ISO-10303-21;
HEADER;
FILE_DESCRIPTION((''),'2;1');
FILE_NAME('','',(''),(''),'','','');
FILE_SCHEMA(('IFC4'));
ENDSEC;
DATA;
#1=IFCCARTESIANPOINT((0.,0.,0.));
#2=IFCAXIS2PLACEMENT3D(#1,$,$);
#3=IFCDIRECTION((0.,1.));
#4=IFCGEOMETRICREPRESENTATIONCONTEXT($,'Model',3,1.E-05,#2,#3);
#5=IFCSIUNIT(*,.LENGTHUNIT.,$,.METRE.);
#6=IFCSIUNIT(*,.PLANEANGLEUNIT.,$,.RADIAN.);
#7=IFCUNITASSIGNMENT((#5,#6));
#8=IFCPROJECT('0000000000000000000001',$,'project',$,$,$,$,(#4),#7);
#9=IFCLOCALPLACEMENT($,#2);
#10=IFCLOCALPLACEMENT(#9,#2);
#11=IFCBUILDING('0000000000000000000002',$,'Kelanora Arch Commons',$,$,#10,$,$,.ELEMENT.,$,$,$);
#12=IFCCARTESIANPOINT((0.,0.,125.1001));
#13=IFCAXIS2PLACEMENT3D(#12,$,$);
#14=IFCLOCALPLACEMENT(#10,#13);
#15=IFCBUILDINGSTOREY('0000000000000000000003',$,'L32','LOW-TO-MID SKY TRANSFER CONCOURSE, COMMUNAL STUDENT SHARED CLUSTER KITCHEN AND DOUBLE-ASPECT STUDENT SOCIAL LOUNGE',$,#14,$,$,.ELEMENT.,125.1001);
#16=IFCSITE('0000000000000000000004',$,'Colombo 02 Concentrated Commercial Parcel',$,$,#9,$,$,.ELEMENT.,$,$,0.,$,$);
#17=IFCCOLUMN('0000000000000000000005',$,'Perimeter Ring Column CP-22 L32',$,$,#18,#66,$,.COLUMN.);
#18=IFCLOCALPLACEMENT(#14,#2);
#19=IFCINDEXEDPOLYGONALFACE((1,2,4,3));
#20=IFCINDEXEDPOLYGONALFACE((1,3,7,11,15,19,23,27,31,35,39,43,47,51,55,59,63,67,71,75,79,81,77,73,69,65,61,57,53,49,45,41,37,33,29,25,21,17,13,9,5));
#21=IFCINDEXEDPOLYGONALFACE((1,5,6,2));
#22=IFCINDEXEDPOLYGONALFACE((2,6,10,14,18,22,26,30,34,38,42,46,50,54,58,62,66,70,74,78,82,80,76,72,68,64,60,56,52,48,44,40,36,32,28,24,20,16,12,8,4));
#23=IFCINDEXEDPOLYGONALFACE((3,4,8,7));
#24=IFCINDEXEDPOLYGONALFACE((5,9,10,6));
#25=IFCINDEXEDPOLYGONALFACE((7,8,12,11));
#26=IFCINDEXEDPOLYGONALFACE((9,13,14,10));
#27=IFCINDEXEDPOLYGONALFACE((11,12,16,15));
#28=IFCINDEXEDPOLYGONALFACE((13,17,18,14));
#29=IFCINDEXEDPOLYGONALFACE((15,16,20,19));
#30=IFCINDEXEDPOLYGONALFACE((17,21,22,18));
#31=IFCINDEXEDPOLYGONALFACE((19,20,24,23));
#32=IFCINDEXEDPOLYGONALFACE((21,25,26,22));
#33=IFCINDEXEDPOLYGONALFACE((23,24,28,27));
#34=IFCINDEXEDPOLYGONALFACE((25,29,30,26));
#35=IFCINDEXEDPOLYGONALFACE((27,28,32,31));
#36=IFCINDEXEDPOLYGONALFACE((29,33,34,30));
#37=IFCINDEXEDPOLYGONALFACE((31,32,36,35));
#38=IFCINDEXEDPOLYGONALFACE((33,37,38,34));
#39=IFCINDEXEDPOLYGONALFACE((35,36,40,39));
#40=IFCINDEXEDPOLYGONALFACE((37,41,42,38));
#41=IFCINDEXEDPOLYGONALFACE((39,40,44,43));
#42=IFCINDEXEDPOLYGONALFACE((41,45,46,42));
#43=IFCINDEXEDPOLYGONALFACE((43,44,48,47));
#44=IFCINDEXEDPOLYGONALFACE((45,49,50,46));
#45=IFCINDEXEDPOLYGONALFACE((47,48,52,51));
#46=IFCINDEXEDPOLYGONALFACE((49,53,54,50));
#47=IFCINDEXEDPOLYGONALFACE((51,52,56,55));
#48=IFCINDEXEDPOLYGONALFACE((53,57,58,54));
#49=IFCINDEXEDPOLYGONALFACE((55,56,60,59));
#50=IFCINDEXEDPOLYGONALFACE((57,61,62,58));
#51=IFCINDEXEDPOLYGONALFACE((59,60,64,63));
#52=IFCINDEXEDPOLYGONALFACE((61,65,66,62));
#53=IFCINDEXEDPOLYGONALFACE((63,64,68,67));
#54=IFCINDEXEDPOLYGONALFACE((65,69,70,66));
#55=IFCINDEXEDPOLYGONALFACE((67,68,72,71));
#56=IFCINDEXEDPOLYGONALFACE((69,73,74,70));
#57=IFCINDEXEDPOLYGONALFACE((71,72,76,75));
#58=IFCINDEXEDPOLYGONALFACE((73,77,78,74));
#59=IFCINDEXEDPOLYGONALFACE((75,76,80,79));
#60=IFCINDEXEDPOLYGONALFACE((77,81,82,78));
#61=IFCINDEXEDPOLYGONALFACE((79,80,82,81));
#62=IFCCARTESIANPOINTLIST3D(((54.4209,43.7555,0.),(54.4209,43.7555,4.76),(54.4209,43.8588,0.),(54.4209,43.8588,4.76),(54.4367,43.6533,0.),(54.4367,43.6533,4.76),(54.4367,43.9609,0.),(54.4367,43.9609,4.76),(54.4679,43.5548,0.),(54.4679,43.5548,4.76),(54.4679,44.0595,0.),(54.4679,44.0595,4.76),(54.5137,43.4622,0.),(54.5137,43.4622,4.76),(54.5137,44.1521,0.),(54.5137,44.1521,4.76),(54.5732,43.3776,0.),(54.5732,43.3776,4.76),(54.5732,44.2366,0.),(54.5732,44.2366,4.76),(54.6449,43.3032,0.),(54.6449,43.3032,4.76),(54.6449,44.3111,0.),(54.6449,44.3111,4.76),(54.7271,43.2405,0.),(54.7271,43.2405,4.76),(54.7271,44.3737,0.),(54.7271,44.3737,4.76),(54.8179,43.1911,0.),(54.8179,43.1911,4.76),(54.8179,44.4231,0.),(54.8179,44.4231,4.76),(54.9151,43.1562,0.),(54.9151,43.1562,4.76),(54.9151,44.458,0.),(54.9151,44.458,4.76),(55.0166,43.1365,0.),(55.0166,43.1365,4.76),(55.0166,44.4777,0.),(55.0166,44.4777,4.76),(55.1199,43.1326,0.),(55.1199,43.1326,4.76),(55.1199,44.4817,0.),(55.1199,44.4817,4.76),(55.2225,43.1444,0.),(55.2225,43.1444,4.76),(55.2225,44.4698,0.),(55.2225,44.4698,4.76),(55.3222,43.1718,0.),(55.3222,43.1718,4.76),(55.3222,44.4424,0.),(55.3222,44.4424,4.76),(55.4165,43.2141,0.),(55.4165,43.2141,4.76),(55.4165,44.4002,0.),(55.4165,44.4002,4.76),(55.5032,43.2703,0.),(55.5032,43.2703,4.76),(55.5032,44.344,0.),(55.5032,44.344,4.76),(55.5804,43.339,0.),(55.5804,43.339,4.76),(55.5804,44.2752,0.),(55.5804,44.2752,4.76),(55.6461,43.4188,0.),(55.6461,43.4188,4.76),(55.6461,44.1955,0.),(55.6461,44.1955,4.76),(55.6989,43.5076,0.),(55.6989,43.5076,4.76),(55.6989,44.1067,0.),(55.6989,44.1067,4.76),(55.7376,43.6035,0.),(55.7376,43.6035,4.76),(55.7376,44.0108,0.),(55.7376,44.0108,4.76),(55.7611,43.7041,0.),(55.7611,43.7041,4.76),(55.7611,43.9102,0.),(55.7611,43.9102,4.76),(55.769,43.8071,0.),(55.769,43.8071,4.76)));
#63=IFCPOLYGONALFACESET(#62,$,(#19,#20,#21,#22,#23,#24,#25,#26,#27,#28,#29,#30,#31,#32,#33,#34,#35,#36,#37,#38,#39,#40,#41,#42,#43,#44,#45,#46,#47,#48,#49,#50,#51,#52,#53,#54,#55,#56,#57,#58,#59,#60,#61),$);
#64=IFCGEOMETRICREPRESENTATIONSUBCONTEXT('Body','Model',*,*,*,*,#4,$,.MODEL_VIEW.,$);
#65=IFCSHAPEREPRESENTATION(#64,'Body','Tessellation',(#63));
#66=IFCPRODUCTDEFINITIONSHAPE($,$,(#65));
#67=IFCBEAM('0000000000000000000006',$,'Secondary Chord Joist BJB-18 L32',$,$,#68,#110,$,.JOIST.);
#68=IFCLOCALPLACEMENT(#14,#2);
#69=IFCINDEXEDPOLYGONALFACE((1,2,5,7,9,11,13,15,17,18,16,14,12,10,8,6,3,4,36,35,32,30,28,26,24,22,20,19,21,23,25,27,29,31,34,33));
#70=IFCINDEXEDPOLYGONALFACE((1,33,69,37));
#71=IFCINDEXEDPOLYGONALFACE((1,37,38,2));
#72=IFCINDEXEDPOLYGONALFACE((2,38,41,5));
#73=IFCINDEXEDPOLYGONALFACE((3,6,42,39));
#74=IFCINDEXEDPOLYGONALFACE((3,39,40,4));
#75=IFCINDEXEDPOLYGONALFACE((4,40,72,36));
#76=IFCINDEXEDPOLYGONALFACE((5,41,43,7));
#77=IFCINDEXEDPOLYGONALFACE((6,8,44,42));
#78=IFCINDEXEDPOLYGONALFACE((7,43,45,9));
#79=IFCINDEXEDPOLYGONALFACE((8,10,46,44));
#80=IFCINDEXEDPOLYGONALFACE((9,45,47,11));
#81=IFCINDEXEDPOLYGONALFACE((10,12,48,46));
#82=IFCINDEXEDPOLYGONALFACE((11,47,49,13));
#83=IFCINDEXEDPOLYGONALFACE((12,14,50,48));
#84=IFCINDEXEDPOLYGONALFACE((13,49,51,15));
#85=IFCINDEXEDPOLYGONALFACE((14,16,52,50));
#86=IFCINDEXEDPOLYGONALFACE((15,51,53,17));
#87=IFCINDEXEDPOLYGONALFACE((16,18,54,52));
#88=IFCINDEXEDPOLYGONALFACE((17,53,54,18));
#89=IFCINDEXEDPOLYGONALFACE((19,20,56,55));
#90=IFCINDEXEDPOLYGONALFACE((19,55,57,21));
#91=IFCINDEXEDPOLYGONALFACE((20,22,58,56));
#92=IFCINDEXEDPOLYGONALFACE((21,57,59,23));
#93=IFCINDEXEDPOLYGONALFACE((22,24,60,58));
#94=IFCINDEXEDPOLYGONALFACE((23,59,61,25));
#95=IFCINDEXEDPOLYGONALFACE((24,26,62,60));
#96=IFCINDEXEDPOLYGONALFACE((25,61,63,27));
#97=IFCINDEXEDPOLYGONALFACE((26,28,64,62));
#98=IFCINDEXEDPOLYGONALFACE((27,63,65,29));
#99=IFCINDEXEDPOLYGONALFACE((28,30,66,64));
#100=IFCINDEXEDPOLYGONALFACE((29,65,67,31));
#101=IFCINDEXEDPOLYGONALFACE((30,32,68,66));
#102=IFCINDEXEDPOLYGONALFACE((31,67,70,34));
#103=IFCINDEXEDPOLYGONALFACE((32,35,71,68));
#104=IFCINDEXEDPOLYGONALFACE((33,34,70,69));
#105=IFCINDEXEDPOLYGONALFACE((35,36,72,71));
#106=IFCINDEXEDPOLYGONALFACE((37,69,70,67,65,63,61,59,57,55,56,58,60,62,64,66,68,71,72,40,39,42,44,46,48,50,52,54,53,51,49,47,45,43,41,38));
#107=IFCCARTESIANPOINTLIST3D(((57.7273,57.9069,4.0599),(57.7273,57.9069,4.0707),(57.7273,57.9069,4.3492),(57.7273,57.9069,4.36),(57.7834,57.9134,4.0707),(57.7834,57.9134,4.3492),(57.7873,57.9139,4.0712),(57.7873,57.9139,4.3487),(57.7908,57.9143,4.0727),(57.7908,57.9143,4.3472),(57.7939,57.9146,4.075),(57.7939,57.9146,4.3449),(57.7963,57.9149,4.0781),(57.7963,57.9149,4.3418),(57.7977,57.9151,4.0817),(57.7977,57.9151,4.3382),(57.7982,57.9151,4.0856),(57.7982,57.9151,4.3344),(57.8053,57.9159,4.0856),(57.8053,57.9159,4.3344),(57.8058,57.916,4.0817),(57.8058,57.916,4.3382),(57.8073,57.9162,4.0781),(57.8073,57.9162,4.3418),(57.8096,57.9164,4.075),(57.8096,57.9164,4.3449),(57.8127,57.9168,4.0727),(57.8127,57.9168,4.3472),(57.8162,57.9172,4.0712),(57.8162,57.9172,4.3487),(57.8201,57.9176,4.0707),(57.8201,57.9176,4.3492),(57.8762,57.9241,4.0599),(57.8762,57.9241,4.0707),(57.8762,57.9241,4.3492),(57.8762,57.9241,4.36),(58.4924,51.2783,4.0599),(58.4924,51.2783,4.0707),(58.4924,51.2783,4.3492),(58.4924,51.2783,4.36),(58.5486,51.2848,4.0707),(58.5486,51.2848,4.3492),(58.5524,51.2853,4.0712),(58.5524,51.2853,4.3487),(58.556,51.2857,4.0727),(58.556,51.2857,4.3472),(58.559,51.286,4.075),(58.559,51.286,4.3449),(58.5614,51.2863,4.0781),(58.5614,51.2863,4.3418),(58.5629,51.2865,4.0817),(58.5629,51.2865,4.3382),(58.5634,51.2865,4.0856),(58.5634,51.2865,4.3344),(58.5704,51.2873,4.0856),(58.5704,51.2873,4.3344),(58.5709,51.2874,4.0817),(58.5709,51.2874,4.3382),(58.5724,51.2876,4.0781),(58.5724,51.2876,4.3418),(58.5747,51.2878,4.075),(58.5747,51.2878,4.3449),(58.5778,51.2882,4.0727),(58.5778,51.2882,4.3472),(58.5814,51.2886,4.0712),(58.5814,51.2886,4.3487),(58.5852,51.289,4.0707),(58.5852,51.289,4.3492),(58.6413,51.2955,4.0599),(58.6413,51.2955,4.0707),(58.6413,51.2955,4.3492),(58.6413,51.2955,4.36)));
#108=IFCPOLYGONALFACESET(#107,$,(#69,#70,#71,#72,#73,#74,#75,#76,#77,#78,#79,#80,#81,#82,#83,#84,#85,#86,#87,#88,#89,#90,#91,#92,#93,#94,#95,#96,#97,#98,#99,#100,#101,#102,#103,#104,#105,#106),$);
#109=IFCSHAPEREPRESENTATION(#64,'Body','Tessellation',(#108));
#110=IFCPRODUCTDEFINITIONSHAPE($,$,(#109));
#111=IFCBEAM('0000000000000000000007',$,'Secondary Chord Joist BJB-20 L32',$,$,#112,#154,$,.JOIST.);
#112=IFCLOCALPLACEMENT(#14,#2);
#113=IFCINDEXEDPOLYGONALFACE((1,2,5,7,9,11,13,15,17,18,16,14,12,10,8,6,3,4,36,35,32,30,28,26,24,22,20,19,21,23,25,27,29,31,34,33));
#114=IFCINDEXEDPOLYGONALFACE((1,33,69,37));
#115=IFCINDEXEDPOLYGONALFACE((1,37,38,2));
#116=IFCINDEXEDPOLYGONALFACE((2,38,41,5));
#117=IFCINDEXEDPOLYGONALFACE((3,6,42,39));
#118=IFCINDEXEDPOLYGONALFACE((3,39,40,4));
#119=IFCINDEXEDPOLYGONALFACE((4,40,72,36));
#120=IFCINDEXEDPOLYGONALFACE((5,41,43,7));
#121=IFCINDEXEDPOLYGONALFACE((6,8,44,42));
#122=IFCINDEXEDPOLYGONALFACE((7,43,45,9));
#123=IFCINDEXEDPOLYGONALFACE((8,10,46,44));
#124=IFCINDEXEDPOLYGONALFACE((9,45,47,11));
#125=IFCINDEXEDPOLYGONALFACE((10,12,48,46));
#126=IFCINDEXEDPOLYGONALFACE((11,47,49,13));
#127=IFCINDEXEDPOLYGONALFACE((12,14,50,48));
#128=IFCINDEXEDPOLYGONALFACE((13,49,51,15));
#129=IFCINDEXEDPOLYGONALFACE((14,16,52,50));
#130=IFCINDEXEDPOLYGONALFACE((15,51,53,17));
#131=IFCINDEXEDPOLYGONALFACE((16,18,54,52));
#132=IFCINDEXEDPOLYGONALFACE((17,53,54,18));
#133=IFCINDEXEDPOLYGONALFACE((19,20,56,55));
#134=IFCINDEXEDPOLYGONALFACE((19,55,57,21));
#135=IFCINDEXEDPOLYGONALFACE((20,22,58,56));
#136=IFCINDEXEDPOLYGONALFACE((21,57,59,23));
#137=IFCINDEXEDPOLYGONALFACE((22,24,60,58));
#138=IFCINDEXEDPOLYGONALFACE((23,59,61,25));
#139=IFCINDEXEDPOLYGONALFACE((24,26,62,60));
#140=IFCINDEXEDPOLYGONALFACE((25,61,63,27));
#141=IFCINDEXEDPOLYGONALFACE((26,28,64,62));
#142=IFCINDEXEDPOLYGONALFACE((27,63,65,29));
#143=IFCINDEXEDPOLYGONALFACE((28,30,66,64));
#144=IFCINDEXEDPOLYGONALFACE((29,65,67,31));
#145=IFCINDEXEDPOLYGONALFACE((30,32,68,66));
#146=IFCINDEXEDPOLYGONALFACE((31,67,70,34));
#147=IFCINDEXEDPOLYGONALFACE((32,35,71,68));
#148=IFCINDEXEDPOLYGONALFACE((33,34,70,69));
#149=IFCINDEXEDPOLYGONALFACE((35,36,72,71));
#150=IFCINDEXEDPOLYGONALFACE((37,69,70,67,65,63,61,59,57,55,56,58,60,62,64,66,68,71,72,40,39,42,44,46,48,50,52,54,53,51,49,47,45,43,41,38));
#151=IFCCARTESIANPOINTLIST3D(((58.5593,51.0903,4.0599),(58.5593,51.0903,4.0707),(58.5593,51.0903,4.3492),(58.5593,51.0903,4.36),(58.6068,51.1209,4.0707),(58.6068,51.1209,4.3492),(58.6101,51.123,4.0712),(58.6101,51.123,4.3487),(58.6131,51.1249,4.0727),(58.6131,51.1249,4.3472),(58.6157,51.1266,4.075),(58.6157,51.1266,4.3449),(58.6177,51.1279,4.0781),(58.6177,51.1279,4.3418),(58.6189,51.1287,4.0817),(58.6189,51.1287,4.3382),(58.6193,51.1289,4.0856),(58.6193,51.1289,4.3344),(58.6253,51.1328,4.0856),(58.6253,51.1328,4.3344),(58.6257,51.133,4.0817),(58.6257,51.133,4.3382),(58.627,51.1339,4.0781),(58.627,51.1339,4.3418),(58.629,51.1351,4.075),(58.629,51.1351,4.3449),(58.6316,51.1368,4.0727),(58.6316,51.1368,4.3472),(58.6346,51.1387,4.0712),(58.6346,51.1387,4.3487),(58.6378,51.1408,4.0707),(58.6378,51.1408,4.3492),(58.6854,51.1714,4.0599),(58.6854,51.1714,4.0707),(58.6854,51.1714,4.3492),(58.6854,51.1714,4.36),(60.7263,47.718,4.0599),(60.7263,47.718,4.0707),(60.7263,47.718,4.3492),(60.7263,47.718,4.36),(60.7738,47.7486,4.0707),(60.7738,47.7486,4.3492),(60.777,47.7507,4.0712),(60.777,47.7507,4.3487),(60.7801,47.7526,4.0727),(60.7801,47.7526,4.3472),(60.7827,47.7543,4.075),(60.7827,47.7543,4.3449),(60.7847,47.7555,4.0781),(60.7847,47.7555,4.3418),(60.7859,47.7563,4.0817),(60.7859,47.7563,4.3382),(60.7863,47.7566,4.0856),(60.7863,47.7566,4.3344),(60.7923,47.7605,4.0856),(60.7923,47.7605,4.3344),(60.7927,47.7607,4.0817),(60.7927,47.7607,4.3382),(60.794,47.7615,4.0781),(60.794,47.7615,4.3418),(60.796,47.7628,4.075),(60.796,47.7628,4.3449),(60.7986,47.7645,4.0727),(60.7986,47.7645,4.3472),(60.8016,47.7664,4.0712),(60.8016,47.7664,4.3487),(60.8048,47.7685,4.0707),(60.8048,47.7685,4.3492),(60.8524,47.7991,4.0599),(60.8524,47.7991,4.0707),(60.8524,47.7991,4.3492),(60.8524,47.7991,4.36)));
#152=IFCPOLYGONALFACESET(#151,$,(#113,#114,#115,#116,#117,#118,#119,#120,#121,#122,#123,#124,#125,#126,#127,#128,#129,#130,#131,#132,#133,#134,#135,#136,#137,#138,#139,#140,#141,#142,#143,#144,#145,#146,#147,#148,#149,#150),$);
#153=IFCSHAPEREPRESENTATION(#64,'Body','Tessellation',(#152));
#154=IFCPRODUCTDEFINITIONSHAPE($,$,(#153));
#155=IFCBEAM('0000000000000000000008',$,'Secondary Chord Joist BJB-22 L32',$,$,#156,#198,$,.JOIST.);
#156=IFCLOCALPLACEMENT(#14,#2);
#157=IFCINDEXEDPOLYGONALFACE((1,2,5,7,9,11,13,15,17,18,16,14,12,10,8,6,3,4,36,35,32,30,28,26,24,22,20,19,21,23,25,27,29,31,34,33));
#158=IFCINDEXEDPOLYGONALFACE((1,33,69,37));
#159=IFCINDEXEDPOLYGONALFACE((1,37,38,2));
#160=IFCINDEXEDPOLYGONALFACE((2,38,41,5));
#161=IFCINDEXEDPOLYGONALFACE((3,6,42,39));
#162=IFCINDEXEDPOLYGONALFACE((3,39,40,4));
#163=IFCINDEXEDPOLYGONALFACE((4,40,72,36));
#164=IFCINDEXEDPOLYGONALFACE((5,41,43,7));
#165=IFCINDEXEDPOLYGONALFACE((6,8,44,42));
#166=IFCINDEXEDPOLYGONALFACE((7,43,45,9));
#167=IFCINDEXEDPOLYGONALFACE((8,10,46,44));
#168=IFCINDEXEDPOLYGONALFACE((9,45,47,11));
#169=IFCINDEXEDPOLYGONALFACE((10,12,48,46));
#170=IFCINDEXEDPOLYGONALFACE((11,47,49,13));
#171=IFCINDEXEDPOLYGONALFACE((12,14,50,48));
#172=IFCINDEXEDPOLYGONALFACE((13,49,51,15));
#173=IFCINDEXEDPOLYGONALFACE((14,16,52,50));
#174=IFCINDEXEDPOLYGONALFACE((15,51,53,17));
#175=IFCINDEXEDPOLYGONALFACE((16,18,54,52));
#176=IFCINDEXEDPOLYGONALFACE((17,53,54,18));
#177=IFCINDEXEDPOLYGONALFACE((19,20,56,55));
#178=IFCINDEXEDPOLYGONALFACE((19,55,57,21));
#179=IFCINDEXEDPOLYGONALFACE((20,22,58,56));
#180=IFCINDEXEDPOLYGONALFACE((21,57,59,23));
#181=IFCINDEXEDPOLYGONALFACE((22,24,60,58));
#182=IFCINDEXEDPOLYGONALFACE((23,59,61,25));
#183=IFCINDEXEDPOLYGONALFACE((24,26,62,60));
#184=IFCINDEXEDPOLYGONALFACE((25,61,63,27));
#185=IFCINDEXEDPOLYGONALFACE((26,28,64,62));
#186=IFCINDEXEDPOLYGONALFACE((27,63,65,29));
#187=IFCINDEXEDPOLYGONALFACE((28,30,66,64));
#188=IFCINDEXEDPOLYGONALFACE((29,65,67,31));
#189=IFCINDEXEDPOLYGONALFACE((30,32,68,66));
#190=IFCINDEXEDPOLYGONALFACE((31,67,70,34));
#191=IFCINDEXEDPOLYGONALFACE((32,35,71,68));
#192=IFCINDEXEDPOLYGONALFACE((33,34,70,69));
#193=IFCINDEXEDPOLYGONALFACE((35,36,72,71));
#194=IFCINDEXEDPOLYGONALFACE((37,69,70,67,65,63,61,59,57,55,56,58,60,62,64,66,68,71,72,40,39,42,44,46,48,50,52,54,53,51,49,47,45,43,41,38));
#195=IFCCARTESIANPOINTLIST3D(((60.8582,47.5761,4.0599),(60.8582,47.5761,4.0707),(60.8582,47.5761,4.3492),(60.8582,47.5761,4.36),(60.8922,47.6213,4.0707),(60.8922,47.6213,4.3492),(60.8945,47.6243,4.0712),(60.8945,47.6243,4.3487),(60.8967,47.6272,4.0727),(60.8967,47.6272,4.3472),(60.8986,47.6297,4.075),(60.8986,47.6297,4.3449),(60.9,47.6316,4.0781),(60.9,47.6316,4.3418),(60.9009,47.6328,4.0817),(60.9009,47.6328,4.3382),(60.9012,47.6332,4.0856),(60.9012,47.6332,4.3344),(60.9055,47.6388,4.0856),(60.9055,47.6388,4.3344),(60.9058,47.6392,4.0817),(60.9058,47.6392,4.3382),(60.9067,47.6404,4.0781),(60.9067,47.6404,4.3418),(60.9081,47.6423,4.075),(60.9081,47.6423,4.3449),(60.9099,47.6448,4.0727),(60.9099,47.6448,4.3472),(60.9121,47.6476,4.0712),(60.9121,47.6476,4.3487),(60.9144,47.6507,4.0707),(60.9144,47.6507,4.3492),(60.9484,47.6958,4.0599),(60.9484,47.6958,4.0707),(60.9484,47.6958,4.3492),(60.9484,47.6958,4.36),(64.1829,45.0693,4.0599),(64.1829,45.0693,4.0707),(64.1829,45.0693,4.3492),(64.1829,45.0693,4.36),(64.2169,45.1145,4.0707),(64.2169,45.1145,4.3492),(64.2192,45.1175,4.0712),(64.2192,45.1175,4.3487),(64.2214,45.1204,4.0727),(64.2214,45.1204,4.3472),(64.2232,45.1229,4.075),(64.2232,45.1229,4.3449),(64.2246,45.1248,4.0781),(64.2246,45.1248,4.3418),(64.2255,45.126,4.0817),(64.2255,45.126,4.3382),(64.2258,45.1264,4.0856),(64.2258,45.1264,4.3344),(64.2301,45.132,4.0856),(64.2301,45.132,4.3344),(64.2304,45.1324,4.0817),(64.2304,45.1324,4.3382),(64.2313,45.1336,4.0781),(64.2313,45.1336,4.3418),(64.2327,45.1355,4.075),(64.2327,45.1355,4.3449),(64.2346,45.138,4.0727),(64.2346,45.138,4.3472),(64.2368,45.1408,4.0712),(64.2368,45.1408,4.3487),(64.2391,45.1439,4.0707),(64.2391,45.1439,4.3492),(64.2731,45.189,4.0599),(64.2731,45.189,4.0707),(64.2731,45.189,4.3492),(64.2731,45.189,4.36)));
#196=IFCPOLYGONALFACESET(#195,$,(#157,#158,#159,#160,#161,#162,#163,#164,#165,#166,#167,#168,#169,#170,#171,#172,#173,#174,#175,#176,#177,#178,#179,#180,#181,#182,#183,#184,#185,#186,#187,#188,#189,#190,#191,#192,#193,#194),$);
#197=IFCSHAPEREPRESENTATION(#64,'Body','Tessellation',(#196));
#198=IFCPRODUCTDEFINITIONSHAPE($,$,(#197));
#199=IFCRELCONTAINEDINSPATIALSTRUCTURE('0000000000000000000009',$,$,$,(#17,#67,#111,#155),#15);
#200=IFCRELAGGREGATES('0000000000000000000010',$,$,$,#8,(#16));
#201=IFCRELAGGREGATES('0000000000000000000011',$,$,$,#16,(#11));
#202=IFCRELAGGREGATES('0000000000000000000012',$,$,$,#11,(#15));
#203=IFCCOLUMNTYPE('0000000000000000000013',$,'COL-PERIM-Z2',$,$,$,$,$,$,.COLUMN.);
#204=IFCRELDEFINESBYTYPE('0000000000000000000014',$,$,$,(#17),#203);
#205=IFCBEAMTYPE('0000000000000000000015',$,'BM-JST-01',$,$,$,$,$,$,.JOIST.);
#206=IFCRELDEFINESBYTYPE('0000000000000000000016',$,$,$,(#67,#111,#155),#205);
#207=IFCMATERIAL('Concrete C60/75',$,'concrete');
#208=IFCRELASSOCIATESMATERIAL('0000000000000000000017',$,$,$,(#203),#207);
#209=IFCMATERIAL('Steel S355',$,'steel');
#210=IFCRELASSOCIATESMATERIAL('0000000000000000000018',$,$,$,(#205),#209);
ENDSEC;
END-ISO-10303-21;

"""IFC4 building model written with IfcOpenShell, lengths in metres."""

from ifc_helpers import new_model, si_unit, direction, frame, origin, origin_2d, place, context, subcontext, project, spatial, circle, i_section, extrude, material, material_profile, profile_set, type_object, element, save


model = new_model("IFC4")

# Units and contexts
model_context = context("Model", 3, precision=1e-05, world=origin(), true_north=direction((0.0, 1.0)))
body_context = subcontext(model_context, "Body", "Model", "MODEL_VIEW")
ifc_project = project(units=[si_unit("LENGTHUNIT", "METRE"), si_unit("PLANEANGLEUNIT", "RADIAN")], contexts=[model_context])

# Site, building, storey
site_placement = place(None, origin())
site = spatial("IfcSite", under=ifc_project, at=site_placement, Name="Colombo 02 Concentrated Commercial Parcel", CompositionType="ELEMENT", RefElevation=0.0)
building_placement = place(site_placement, origin())
building = spatial("IfcBuilding", under=site, at=building_placement, Name="Kelanora Arch Commons", CompositionType="ELEMENT")
storey_placement = place(building_placement, frame((0.0, 0.0, 125.1001)))
storey = spatial("IfcBuildingStorey", under=building, at=storey_placement, Name="L32", Description="LOW-TO-MID SKY TRANSFER CONCOURSE, COMMUNAL STUDENT SHARED CLUSTER KITCHEN AND DOUBLE-ASPECT STUDENT SOCIAL LOUNGE", CompositionType="ELEMENT", Elevation=125.1001)

# Column
ifc_material_1 = material(Name="Concrete C60/75", Category="concrete")
ifc_material_profile_1 = material_profile(ifc_material_1, circle(Radius=0.675, at=origin_2d()), Name="RCC1350")
ifc_profile_set_1 = profile_set([ifc_material_profile_1], Name="Concrete C60/75")
column_type = type_object("IfcColumnType", Name="COL-PERIM-Z2", PredefinedType="COLUMN", material=ifc_profile_set_1)
column_placement = place(storey_placement, frame((55.094, 43.8071, 0.0), z_axis=(0.0, 0.0, 1.0), x_axis=(1.0, 0.0, 0.0)))
element("IfcColumn", 1, at=column_placement, inside=storey, type_object=column_type, Name="Perimeter Ring Column CP-22 L32", PredefinedType="COLUMN", context=body_context, shape_type="SweptSolid", body=[
    extrude(circle(Radius=0.675, at=origin_2d()), origin(), (0.0, 0.0, 1.0), 4.76),
])

# Beams
ifc_material_2 = material(Name="Steel S355", Category="steel")
ifc_material_profile_2 = material_profile(ifc_material_2, i_section(OverallWidth=0.1499, OverallDepth=0.3, WebThickness=0.0071, FlangeThickness=0.0107, FilletRadius=0.0149, at=origin_2d()), Name="IPE300")
ifc_profile_set_2 = profile_set([ifc_material_profile_2], Name="Steel S355")
beam_type_1 = type_object("IfcBeamType", Name="BM-JST-01", PredefinedType="JOIST", material=ifc_profile_set_2)
beam_1_placement = place(storey_placement, frame((57.8018, 57.9155, 4.21), z_axis=(0.114667, -0.993404, 0.0), x_axis=(0.993404, 0.114667, 0.0)))
element("IfcBeam", 2, at=beam_1_placement, inside=storey, type_object=beam_type_1, Name="Secondary Chord Joist BJB-18 L32", PredefinedType="JOIST", context=body_context, shape_type="SweptSolid", body=[
    extrude(i_section(OverallWidth=0.1499, OverallDepth=0.3, WebThickness=0.0071, FlangeThickness=0.0107, FilletRadius=0.0149, at=origin_2d()), origin(), (0.0, 0.0, 1.0), 6.6726),
])
beam_2_placement = place(storey_placement, frame((58.6223, 51.1309, 4.21), z_axis=(0.540594, -0.841283, 0.0), x_axis=(0.841283, 0.540594, 0.0)))
element("IfcBeam", 3, at=beam_2_placement, inside=storey, type_object=beam_type_1, Name="Secondary Chord Joist BJB-20 L32", PredefinedType="JOIST", context=body_context, shape_type="SweptSolid", body=[
    extrude(i_section(OverallWidth=0.1499, OverallDepth=0.3, WebThickness=0.0071, FlangeThickness=0.0107, FilletRadius=0.0149, at=origin_2d()), origin(), (0.0, 0.0, 1.0), 4.0085),
])
beam_3_placement = place(storey_placement, frame((60.9033, 47.636, 4.21), z_axis=(0.798464, -0.602043, 0.0), x_axis=(0.602043, 0.798464, 0.0)))
element("IfcBeam", 4, at=beam_3_placement, inside=storey, type_object=beam_type_1, Name="Secondary Chord Joist BJB-22 L32", PredefinedType="JOIST", context=body_context, shape_type="SweptSolid", body=[
    extrude(i_section(OverallWidth=0.1499, OverallDepth=0.3, WebThickness=0.0071, FlangeThickness=0.0107, FilletRadius=0.0149, at=origin_2d()), origin(), (0.0, 0.0, 1.0), 4.1638),
])

save(model, "model.ifc")
